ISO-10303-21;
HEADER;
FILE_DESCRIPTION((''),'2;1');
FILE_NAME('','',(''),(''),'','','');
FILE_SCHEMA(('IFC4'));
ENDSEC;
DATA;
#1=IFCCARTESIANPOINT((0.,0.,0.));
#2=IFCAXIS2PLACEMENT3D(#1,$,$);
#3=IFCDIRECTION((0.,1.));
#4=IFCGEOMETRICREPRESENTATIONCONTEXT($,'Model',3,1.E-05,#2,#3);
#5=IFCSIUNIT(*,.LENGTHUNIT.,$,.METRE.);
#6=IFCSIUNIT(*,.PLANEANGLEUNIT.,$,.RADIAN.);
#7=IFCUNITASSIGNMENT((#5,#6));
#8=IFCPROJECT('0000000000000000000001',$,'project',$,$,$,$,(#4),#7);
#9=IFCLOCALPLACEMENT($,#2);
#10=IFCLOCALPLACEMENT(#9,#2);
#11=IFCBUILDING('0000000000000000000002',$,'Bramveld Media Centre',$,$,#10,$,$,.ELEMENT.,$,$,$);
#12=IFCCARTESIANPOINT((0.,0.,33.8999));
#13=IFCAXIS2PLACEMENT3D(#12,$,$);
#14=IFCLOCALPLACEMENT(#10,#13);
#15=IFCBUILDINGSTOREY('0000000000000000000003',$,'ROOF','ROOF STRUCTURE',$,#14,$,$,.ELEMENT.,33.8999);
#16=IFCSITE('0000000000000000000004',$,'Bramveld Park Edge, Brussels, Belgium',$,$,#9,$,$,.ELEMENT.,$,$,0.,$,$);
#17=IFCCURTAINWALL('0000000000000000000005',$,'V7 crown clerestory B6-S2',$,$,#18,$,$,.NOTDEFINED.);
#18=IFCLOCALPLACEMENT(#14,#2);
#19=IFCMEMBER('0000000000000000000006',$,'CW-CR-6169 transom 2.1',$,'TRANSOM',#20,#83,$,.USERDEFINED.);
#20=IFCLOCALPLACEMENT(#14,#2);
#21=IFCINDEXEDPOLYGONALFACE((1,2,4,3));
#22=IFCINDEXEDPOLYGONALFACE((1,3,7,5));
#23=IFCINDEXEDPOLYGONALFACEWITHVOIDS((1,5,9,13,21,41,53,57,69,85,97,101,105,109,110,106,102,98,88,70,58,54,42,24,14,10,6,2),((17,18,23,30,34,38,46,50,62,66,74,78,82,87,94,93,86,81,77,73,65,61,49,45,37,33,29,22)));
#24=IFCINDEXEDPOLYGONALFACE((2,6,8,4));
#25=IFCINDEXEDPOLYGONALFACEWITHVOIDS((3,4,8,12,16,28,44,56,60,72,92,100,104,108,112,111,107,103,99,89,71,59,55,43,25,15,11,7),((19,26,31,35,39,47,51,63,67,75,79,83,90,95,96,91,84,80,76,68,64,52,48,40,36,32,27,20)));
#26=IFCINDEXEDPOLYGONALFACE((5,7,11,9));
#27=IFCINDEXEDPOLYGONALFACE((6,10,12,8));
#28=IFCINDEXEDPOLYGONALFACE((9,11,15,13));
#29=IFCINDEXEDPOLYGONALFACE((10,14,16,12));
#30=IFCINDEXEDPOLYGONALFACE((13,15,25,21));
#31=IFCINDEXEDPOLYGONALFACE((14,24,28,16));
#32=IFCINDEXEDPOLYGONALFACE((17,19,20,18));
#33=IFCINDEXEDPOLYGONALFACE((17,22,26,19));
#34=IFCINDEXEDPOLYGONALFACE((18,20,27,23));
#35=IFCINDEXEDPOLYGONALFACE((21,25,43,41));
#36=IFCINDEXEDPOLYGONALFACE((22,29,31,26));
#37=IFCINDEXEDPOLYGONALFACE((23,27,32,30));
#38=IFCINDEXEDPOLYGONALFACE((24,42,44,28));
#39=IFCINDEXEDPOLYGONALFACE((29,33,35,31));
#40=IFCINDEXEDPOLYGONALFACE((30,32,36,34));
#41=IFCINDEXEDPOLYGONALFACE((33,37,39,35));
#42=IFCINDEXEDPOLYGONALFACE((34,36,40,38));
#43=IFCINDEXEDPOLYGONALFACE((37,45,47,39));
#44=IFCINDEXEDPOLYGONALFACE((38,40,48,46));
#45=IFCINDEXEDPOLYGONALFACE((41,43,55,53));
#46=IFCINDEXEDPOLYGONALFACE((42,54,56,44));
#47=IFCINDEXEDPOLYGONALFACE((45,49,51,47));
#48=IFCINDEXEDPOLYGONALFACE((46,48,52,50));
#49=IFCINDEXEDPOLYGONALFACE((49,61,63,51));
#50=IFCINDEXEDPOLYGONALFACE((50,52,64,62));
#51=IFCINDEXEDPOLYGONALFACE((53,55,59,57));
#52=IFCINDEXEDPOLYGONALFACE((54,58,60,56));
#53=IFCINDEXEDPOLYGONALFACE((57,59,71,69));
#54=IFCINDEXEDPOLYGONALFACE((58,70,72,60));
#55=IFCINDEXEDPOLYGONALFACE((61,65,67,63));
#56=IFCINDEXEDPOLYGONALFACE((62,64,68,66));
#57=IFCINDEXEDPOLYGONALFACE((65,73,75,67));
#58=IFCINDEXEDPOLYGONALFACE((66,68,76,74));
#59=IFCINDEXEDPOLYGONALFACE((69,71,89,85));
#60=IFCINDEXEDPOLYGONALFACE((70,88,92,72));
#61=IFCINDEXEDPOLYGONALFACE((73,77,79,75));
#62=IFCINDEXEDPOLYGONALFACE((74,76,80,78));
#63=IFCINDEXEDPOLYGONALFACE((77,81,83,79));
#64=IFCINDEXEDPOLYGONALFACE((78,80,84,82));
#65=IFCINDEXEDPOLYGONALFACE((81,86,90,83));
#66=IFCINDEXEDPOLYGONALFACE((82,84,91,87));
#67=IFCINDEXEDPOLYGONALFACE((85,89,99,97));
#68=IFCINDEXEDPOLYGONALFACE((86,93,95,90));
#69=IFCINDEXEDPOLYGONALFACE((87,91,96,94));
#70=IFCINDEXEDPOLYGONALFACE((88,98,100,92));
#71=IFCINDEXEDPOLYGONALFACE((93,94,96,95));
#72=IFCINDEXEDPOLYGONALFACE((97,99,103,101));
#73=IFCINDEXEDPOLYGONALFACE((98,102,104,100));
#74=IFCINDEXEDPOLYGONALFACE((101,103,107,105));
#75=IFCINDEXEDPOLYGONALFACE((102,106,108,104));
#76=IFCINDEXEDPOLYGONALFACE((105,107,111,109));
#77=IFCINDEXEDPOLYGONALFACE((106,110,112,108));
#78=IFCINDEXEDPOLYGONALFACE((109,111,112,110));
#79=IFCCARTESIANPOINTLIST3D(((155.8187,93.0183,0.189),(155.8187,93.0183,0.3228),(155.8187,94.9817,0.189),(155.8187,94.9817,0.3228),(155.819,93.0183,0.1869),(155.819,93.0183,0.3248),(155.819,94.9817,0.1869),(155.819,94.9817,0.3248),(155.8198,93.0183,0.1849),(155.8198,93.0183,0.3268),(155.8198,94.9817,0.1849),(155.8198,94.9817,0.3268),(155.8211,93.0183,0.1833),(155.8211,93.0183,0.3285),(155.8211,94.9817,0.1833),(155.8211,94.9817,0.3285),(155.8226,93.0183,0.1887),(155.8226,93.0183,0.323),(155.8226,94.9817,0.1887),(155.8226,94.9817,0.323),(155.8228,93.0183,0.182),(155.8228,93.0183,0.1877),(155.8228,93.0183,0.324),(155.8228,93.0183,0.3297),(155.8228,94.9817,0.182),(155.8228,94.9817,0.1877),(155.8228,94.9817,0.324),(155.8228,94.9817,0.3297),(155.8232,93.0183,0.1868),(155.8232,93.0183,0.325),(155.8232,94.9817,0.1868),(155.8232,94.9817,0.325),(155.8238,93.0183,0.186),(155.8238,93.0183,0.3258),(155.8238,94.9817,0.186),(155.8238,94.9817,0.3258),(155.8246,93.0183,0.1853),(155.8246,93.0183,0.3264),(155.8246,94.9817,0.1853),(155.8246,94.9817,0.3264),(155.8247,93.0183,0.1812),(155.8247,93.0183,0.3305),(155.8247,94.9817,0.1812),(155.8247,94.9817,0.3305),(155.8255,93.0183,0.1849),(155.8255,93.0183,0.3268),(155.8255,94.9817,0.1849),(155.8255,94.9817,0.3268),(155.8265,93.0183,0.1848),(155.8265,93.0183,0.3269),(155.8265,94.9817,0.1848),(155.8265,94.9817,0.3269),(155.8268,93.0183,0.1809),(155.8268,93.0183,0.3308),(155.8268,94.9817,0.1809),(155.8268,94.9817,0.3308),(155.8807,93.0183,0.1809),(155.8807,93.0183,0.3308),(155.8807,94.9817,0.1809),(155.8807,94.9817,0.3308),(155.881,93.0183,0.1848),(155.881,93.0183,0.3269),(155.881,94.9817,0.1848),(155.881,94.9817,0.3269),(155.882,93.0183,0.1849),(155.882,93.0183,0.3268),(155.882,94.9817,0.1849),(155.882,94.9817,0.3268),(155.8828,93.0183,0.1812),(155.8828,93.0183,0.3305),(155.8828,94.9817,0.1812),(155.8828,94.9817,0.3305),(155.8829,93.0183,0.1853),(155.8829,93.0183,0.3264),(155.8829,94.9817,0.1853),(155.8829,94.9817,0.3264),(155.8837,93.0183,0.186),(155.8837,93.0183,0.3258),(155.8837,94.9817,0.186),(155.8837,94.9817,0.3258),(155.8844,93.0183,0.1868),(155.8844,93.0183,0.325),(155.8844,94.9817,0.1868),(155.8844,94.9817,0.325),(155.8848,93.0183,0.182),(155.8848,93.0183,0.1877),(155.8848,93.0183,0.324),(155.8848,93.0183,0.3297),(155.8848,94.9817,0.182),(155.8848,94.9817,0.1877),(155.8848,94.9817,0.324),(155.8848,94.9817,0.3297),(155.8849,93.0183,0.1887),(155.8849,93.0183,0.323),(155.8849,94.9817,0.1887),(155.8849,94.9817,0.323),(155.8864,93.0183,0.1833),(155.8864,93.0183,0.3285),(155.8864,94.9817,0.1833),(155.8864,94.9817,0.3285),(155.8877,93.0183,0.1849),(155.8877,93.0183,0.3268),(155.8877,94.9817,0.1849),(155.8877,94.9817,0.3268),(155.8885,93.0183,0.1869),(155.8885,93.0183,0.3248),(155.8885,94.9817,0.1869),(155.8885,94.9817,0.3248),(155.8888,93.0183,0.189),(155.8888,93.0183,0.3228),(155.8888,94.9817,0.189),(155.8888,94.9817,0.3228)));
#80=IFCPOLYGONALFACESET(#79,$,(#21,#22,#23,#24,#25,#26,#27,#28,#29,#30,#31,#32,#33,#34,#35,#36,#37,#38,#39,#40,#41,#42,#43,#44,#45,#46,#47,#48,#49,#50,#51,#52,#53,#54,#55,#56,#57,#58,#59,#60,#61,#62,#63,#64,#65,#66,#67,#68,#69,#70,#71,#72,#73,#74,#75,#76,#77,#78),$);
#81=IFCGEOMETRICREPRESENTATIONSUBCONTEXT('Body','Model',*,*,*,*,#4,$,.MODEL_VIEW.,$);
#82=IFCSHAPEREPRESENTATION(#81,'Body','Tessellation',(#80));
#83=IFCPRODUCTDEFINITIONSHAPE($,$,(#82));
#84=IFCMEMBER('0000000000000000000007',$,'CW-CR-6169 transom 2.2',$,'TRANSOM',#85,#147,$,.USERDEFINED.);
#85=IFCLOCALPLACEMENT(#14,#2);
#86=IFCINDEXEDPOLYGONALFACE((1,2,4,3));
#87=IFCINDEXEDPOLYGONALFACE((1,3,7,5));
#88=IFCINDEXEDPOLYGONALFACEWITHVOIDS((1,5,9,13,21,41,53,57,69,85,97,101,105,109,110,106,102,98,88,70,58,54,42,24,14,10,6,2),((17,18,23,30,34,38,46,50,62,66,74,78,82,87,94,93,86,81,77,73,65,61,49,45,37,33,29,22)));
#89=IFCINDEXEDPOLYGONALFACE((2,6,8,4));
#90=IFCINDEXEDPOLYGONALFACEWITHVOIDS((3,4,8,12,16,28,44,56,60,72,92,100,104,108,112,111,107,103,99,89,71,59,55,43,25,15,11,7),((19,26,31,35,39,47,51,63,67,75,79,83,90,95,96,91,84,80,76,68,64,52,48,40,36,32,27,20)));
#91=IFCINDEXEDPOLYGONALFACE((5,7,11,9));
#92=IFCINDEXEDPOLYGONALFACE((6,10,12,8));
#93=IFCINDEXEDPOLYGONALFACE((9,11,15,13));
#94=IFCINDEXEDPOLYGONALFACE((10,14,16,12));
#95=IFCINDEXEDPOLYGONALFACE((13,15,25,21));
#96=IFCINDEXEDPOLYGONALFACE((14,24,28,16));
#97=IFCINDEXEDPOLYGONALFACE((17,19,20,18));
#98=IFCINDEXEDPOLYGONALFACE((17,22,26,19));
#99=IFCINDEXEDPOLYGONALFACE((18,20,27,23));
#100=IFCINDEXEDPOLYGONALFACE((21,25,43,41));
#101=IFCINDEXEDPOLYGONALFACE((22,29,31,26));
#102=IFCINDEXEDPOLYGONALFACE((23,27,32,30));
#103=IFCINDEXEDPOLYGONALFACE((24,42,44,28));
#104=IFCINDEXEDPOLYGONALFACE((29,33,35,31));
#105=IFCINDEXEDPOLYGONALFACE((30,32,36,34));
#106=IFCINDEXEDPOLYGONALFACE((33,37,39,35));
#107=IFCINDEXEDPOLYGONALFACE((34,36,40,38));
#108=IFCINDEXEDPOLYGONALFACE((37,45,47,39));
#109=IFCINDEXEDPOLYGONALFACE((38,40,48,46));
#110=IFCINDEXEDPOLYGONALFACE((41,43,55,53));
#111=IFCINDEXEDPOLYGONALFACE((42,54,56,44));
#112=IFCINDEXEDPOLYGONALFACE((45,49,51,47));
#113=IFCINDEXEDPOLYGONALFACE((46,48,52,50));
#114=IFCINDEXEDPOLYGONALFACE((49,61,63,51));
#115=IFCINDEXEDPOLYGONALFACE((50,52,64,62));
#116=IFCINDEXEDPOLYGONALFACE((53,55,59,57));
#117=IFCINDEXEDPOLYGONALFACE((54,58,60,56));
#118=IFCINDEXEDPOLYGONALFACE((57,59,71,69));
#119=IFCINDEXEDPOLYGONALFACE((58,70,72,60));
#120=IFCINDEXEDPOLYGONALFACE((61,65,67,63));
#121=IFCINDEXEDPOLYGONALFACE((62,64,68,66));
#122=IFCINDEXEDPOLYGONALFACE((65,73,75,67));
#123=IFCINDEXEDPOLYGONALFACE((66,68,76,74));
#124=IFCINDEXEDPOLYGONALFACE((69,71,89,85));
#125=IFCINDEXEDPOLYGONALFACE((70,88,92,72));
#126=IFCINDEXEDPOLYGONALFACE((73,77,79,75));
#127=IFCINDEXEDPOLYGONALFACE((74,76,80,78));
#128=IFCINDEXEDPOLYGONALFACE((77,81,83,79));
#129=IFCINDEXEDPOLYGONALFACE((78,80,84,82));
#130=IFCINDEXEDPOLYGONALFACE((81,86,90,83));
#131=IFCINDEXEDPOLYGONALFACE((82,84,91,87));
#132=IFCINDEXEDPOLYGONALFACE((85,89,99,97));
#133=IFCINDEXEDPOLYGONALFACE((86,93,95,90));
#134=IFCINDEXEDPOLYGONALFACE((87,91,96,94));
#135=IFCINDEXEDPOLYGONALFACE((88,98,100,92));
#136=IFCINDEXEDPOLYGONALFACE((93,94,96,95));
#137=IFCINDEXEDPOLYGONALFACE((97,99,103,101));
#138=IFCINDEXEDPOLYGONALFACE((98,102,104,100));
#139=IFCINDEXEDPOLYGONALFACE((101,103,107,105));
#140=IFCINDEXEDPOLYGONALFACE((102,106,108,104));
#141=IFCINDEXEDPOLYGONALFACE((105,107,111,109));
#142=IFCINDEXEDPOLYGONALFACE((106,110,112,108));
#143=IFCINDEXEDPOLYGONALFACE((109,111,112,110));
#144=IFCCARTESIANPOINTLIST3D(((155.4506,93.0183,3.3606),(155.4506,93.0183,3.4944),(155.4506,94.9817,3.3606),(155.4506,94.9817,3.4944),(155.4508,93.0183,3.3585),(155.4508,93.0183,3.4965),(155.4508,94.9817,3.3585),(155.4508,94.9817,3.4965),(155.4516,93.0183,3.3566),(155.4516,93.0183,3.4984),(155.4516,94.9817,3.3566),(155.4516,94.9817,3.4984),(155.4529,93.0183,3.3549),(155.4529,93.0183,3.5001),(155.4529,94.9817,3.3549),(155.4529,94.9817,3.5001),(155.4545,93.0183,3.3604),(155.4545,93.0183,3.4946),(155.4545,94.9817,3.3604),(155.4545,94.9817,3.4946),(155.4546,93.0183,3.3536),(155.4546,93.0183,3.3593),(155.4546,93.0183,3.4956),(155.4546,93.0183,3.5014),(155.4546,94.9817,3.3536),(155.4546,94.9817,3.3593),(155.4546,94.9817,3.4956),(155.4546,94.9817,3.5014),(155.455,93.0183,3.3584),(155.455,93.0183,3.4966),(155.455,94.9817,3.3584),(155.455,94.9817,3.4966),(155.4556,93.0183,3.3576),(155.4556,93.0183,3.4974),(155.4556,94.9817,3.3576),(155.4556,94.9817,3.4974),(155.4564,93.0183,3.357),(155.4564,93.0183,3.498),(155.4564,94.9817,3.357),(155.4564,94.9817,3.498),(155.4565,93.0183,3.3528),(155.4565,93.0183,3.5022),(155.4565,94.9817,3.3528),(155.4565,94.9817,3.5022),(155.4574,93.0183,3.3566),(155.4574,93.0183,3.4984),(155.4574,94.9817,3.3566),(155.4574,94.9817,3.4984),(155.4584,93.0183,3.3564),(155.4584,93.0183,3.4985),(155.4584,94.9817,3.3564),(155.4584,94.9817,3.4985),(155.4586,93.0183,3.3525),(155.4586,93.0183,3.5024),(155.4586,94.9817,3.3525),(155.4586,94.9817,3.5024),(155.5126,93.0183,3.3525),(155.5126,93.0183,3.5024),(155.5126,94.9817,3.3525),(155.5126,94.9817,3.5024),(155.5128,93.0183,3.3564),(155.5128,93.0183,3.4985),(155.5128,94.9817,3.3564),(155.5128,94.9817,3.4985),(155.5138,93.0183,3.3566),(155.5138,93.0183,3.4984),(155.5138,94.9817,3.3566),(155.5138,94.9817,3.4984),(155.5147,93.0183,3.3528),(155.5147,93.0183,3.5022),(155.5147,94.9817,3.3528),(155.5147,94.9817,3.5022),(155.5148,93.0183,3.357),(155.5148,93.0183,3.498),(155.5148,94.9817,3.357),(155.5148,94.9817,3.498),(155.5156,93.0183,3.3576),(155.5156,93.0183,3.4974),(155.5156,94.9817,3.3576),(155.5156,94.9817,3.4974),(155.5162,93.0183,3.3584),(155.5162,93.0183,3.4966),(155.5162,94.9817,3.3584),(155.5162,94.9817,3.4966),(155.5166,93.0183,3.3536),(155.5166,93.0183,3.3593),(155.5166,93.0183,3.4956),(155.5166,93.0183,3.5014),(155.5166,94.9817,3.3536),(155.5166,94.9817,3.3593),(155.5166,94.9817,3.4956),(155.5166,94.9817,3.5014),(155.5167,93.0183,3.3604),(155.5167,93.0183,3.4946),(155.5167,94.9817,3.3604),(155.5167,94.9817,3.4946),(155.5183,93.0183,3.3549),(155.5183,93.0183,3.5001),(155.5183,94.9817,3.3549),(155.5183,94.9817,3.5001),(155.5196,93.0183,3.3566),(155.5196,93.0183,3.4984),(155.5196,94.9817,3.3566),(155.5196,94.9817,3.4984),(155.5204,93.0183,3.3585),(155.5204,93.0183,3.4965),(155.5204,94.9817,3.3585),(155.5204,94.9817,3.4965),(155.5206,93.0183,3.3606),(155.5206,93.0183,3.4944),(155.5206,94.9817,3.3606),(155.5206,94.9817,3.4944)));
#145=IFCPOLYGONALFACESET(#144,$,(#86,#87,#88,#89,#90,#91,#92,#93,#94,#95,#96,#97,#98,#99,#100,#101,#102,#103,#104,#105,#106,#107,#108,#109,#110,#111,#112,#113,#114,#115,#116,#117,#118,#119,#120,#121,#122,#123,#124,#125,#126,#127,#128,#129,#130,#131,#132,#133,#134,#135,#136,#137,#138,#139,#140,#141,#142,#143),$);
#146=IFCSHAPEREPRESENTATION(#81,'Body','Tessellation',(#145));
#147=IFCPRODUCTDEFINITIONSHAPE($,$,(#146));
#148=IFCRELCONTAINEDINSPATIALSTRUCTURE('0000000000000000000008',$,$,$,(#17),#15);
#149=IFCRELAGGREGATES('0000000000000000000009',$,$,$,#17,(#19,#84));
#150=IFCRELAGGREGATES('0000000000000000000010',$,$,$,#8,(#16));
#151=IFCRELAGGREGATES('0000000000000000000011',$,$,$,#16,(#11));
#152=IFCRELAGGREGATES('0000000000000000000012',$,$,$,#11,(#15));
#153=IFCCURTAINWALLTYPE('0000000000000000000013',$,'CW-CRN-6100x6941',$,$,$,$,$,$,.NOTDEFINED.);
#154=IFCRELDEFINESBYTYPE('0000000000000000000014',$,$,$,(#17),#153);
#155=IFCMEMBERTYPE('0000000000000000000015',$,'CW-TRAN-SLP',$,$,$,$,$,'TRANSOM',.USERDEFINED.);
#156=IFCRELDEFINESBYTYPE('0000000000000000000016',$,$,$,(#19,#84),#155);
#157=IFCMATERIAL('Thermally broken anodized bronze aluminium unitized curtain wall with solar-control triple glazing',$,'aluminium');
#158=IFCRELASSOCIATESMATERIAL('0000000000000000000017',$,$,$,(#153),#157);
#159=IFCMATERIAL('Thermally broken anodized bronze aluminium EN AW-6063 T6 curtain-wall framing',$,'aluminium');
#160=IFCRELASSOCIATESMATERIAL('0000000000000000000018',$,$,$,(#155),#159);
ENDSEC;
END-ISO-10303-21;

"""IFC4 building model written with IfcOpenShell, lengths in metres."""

from ifc_helpers import new_model, si_unit, direction, frame, origin, origin_2d, place, context, subcontext, project, spatial, hollow_rectangle, extrude, material, material_profile, profile_set, type_object, element, aggregate, save


model = new_model("IFC4")

# Units and contexts
model_context = context("Model", 3, precision=1e-05, world=origin(), true_north=direction((0.0, 1.0)))
body_context = subcontext(model_context, "Body", "Model", "MODEL_VIEW")
ifc_project = project(units=[si_unit("LENGTHUNIT", "METRE"), si_unit("PLANEANGLEUNIT", "RADIAN")], contexts=[model_context])

# Site, building, storey
site_placement = place(None, origin())
site = spatial("IfcSite", under=ifc_project, at=site_placement, Name="Bramveld Park Edge, Brussels, Belgium", CompositionType="ELEMENT", RefElevation=0.0)
building_placement = place(site_placement, origin())
building = spatial("IfcBuilding", under=site, at=building_placement, Name="Bramveld Media Centre", CompositionType="ELEMENT")
storey_placement = place(building_placement, frame((0.0, 0.0, 33.8999)))
storey = spatial("IfcBuildingStorey", under=building, at=storey_placement, Name="ROOF", Description="ROOF STRUCTURE", CompositionType="ELEMENT", Elevation=33.8999)

# Curtain wall
ifc_material_1 = material(Name="Thermally broken anodized bronze aluminium unitized curtain wall with solar-control triple glazing", Category="aluminium")
curtain_wall_type = type_object("IfcCurtainWallType", Name="CW-CRN-6100x6941", PredefinedType="NOTDEFINED", material=ifc_material_1)
curtain_wall_1_placement = place(storey_placement, origin())
curtain_wall_1 = element("IfcCurtainWall", 1, at=curtain_wall_1_placement, inside=storey, type_object=curtain_wall_type, Name="V7 crown clerestory B6-S2", PredefinedType="NOTDEFINED")

# Members
ifc_material_2 = material(Name="Thermally broken anodized bronze aluminium EN AW-6063 T6 curtain-wall framing", Category="aluminium")
ifc_material_profile_1 = material_profile(ifc_material_2, hollow_rectangle(XDim=0.0701, YDim=0.1499, WallThickness=0.0039, InnerFilletRadius=0.0039, OuterFilletRadius=0.0081, at=origin_2d()), Name="AL-TRAN 70x150")
ifc_profile_set_1 = profile_set([ifc_material_profile_1], Name="Thermally broken anodized bronze aluminium EN AW-6063 T6 curtain-wall framing")
member_type_1 = type_object("IfcMemberType", Name="CW-TRAN-SLP", ElementType="TRANSOM", PredefinedType="USERDEFINED", material=ifc_profile_set_1)
member_1_placement = place(storey_placement, frame((155.8538, 93.0183, 0.2559), z_axis=(0.0, 1.0, 0.0), x_axis=(-1.0, 0.0, 0.0)))
member_1 = element("IfcMember", 2, at=member_1_placement, type_object=member_type_1, Name="CW-CR-6169 transom 2.1", ObjectType="TRANSOM", PredefinedType="USERDEFINED", context=body_context, shape_type="SweptSolid", body=[
    extrude(hollow_rectangle(XDim=0.0701, YDim=0.1499, WallThickness=0.0039, InnerFilletRadius=0.0039, OuterFilletRadius=0.0081, at=origin_2d()), origin(), (0.0, 0.0, 1.0), 1.9634),
])
member_2_placement = place(storey_placement, frame((155.4856, 93.0183, 3.4275), z_axis=(0.0, 1.0, 0.0), x_axis=(-1.0, 0.0, 0.0)))
member_2 = element("IfcMember", 3, at=member_2_placement, type_object=member_type_1, Name="CW-CR-6169 transom 2.2", ObjectType="TRANSOM", PredefinedType="USERDEFINED", context=body_context, shape_type="SweptSolid", body=[
    extrude(hollow_rectangle(XDim=0.0701, YDim=0.1499, WallThickness=0.0039, InnerFilletRadius=0.0039, OuterFilletRadius=0.0081, at=origin_2d()), origin(), (0.0, 0.0, 1.0), 1.9634),
])

aggregate(curtain_wall_1, [member_1, member_2])

save(model, "model.ifc")
